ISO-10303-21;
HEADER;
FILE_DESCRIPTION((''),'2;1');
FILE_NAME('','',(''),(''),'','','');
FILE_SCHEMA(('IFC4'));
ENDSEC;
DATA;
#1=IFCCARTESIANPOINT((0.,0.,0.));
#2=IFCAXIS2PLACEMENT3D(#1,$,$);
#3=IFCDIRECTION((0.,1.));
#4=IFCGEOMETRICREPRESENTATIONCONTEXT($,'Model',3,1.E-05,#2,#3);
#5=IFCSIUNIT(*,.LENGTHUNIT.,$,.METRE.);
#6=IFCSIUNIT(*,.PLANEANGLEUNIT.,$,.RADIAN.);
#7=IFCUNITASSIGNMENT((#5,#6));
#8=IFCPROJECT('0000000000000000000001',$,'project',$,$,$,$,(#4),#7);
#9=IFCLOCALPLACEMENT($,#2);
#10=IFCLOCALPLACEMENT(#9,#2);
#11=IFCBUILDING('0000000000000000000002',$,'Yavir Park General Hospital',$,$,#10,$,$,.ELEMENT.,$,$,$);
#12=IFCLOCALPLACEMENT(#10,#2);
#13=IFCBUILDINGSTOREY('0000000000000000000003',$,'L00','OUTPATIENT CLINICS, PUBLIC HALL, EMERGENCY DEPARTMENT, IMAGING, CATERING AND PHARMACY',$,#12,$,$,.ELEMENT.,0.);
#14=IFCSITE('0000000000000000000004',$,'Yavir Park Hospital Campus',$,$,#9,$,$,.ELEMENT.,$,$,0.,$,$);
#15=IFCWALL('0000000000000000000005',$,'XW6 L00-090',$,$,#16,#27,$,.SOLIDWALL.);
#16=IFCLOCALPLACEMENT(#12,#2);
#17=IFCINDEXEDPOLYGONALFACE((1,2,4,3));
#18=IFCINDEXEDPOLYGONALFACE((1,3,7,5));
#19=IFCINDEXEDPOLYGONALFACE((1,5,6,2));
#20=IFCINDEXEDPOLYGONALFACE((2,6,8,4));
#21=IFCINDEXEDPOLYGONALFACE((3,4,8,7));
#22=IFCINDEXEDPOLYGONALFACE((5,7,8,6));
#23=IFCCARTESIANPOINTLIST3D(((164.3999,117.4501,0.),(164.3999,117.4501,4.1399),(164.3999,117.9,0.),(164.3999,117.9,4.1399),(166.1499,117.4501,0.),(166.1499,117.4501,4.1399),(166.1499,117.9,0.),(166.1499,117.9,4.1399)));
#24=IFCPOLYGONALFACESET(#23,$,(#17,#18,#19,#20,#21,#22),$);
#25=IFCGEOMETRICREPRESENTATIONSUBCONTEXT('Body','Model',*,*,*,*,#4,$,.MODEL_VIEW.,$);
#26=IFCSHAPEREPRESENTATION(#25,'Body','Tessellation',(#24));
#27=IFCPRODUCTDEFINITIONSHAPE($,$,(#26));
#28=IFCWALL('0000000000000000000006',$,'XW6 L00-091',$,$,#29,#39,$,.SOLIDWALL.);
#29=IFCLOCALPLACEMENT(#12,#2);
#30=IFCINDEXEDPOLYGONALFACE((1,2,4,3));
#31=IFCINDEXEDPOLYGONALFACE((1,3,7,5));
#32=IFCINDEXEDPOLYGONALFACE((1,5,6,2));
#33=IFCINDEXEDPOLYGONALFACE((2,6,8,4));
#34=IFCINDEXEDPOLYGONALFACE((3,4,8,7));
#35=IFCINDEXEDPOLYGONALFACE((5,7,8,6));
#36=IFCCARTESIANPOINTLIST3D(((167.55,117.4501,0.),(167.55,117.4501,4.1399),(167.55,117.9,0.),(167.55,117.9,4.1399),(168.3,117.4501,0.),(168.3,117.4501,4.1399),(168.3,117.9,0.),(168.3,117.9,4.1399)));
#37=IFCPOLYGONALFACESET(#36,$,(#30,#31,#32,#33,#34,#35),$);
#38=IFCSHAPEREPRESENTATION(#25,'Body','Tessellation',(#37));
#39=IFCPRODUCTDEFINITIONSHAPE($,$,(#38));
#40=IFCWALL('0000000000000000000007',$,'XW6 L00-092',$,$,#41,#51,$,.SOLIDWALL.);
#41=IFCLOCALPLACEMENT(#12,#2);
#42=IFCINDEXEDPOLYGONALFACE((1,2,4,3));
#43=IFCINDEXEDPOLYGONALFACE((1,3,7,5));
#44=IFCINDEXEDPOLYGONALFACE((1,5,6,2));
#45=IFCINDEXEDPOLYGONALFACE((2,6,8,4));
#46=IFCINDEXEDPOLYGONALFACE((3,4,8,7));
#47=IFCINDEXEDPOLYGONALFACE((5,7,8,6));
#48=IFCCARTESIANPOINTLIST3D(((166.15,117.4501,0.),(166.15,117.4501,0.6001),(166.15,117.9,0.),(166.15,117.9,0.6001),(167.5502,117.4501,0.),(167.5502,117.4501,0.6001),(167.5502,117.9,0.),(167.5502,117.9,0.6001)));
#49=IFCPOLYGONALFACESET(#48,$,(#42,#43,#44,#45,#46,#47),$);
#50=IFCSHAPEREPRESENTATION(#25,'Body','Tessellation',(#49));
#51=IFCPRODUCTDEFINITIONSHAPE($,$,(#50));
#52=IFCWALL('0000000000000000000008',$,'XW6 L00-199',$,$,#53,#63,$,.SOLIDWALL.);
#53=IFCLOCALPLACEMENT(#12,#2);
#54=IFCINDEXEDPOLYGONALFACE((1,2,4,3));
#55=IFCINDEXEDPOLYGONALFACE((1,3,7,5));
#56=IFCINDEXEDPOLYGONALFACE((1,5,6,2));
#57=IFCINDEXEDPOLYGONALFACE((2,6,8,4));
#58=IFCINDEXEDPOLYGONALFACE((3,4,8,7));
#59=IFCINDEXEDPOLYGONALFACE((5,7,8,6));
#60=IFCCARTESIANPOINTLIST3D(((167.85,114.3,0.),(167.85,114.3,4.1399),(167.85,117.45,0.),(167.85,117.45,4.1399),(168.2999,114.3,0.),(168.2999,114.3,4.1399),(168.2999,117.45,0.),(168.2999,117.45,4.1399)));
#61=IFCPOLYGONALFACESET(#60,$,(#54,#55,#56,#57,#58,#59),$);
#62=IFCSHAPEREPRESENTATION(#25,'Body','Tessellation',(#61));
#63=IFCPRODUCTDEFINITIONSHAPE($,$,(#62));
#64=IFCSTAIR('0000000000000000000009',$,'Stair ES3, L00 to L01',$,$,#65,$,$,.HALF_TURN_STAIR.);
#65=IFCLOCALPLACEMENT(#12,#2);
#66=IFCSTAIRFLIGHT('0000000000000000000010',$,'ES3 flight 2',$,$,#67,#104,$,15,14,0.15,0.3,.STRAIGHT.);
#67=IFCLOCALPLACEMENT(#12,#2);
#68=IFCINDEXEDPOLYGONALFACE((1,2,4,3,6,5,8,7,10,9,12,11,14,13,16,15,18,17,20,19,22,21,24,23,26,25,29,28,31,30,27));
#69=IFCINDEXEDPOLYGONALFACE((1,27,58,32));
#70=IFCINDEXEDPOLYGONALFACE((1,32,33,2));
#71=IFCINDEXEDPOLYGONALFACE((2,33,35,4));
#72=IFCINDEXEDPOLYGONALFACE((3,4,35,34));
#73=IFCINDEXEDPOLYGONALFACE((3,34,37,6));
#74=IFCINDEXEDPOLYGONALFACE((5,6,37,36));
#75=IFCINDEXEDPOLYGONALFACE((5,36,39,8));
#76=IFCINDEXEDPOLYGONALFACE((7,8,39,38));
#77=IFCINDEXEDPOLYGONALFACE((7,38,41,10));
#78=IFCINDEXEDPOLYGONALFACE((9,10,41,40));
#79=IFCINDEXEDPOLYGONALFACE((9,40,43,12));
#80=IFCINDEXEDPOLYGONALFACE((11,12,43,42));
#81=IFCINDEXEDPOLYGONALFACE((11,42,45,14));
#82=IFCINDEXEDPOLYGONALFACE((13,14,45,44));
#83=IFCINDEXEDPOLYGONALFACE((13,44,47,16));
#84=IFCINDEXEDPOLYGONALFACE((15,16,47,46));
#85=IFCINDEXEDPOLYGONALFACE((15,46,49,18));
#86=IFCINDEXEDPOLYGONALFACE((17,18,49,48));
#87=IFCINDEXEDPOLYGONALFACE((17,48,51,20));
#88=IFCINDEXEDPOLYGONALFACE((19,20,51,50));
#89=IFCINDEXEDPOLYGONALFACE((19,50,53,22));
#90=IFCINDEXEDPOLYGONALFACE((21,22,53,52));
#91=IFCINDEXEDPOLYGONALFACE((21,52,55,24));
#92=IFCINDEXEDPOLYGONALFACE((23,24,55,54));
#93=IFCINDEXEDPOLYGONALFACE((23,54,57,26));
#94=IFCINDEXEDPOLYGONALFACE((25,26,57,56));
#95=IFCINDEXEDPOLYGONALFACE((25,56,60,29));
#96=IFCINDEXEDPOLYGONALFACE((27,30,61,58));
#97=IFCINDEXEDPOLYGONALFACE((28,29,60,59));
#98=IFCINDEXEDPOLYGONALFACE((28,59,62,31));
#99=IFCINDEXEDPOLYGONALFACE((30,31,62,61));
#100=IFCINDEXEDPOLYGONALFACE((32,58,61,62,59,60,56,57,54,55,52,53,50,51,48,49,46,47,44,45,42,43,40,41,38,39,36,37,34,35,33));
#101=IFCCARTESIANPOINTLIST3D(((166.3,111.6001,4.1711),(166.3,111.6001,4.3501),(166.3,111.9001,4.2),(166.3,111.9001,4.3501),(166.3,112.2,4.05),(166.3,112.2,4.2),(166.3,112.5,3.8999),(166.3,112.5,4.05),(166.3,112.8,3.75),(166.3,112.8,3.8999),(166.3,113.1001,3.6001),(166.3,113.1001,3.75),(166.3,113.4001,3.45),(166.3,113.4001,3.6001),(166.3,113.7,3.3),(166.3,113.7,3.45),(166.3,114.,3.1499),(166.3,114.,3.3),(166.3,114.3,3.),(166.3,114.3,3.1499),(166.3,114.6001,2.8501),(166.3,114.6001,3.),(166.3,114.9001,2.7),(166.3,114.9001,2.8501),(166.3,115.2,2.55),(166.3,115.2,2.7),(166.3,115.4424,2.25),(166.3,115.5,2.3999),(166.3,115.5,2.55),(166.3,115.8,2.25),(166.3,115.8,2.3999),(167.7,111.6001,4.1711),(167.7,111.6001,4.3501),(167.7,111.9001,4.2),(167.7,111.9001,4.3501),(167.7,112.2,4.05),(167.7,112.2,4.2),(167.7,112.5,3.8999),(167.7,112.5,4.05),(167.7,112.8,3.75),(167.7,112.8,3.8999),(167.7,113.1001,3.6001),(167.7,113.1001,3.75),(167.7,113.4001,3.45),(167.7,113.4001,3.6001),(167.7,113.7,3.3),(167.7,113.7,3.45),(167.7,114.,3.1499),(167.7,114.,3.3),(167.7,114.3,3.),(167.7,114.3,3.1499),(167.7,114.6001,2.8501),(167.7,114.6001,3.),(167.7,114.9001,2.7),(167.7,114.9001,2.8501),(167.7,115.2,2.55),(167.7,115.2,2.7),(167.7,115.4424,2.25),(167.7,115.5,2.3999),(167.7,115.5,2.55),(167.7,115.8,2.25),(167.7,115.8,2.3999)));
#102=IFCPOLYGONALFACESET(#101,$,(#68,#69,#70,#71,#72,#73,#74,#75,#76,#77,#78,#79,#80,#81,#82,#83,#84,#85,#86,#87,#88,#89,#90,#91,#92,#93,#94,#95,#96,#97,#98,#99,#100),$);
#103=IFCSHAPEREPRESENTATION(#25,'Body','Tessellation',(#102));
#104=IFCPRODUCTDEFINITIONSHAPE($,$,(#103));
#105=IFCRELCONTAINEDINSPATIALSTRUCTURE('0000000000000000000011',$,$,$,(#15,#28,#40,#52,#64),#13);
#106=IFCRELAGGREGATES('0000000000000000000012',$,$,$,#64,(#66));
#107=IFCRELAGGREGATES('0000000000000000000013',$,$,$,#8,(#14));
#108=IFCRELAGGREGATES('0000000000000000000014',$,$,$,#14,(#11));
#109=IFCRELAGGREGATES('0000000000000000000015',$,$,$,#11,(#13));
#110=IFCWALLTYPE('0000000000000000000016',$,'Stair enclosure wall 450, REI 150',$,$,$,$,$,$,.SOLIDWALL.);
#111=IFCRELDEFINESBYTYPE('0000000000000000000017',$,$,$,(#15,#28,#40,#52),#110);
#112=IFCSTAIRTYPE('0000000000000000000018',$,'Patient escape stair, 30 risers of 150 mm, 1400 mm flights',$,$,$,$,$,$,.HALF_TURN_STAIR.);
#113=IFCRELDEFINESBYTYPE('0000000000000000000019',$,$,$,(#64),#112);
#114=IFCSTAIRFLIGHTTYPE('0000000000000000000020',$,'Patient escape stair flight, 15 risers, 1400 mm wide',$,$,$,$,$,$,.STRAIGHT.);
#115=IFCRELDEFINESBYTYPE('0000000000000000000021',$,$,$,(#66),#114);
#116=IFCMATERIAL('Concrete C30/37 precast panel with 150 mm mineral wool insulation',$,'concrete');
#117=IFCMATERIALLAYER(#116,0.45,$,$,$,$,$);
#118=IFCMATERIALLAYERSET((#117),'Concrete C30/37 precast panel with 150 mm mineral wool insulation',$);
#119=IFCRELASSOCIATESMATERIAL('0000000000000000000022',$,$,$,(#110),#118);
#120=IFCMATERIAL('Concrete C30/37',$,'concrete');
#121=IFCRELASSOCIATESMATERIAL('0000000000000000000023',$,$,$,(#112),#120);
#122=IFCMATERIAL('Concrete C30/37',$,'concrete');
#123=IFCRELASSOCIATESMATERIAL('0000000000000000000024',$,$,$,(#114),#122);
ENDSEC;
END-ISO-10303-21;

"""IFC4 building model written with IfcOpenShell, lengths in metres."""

from ifc_helpers import new_model, si_unit, direction, frame, frame_2d, origin, place, context, subcontext, project, spatial, polyline, rectangle, outline, extrude, material, layer, layer_set, type_object, element, aggregate, save


model = new_model("IFC4")

# Units and contexts
model_context = context("Model", 3, precision=1e-05, world=origin(), true_north=direction((0.0, 1.0)))
body_context = subcontext(model_context, "Body", "Model", "MODEL_VIEW")
ifc_project = project(units=[si_unit("LENGTHUNIT", "METRE"), si_unit("PLANEANGLEUNIT", "RADIAN")], contexts=[model_context])

# Site, building, storey
site_placement = place(None, origin())
site = spatial("IfcSite", under=ifc_project, at=site_placement, Name="Yavir Park Hospital Campus", CompositionType="ELEMENT", RefElevation=0.0)
building_placement = place(site_placement, origin())
building = spatial("IfcBuilding", under=site, at=building_placement, Name="Yavir Park General Hospital", CompositionType="ELEMENT")
storey_placement = place(building_placement, origin())
storey = spatial("IfcBuildingStorey", under=building, at=storey_placement, Name="L00", Description="OUTPATIENT CLINICS, PUBLIC HALL, EMERGENCY DEPARTMENT, IMAGING, CATERING AND PHARMACY", CompositionType="ELEMENT", Elevation=0.0)

# Walls
ifc_material_1 = material(Name="Concrete C30/37 precast panel with 150 mm mineral wool insulation", Category="concrete")
ifc_layer_1 = layer(ifc_material_1, 0.45)
ifc_layer_set_1 = layer_set([ifc_layer_1], Name="Concrete C30/37 precast panel with 150 mm mineral wool insulation")
wall_type_1 = type_object("IfcWallType", Name="Stair enclosure wall 450, REI 150", PredefinedType="SOLIDWALL", material=ifc_layer_set_1)
wall_1_placement = place(storey_placement, frame((164.3999, 117.675, 0.0), z_axis=(0.0, 0.0, 1.0), x_axis=(1.0, 0.0, 0.0)))
element("IfcWall", 1, at=wall_1_placement, inside=storey, type_object=wall_type_1, Name="XW6 L00-090", PredefinedType="SOLIDWALL", context=body_context, shape_type="SweptSolid", body=[
    extrude(rectangle(XDim=1.75, YDim=0.45, at=frame_2d((0.875, 0.0))), origin(), (0.0, 0.0, 1.0), 4.1399),
])
wall_2_placement = place(storey_placement, frame((167.55, 117.675, 0.0), z_axis=(0.0, 0.0, 1.0), x_axis=(1.0, 0.0, 0.0)))
element("IfcWall", 2, at=wall_2_placement, inside=storey, type_object=wall_type_1, Name="XW6 L00-091", PredefinedType="SOLIDWALL", context=body_context, shape_type="SweptSolid", body=[
    extrude(rectangle(XDim=0.75, YDim=0.45, at=frame_2d((0.375, 0.0))), origin(), (0.0, 0.0, 1.0), 4.1399),
])
wall_3_placement = place(storey_placement, frame((166.1499, 117.675, 0.0), z_axis=(0.0, 0.0, 1.0), x_axis=(1.0, 0.0, 0.0)))
element("IfcWall", 3, at=wall_3_placement, inside=storey, type_object=wall_type_1, Name="XW6 L00-092", PredefinedType="SOLIDWALL", context=body_context, shape_type="SweptSolid", body=[
    extrude(rectangle(XDim=1.4001, YDim=0.45, at=frame_2d((0.7002, 0.0))), origin(), (0.0, 0.0, 1.0), 0.6001),
])
wall_4_placement = place(storey_placement, frame((168.075, 114.3, 0.0), z_axis=(0.0, 0.0, 1.0), x_axis=(0.0, 1.0, 0.0)))
element("IfcWall", 4, at=wall_4_placement, inside=storey, type_object=wall_type_1, Name="XW6 L00-199", PredefinedType="SOLIDWALL", context=body_context, shape_type="SweptSolid", body=[
    extrude(rectangle(XDim=3.1499, YDim=0.45, at=frame_2d((1.575, 0.0))), origin(), (0.0, 0.0, 1.0), 4.1399),
])

# Stair, stair flight
ifc_material_2 = material(Name="Concrete C30/37", Category="concrete")
stair_type = type_object("IfcStairType", Name="Patient escape stair, 30 risers of 150 mm, 1400 mm flights", PredefinedType="HALF_TURN_STAIR", material=ifc_material_2)
stair_placement = place(storey_placement, origin())
stair = element("IfcStair", 5, at=stair_placement, inside=storey, type_object=stair_type, Name="Stair ES3, L00 to L01", PredefinedType="HALF_TURN_STAIR")
ifc_material_3 = material(Name="Concrete C30/37", Category="concrete")
stair_flight_type = type_object("IfcStairFlightType", Name="Patient escape stair flight, 15 risers, 1400 mm wide", PredefinedType="STRAIGHT", material=ifc_material_3)
stair_flight_placement = place(storey_placement, frame((167.0, 115.8, 2.25), z_axis=(0.0, 0.0, 1.0), x_axis=(0.0, -1.0, 0.0)))
stair_flight = element("IfcStairFlight", 6, at=stair_flight_placement, type_object=stair_flight_type, Name="ES3 flight 2", NumberOfRisers=15, NumberOfTreads=14, PredefinedType="STRAIGHT", RiserHeight=0.15, TreadLength=0.3, context=body_context, shape_type="SweptSolid", body=[
    extrude(outline(polyline([(0.0, 0.0), (0.0, 0.1499), (0.3, 0.1499), (0.3, 0.3), (0.6001, 0.3), (0.6001, 0.45), (0.8999, 0.45), (0.8999, 0.6001), (1.2, 0.6001), (1.2, 0.75), (1.5, 0.75), (1.5, 0.8999), (1.8, 0.8999), (1.8, 1.05), (2.1001, 1.05), (2.1001, 1.2), (2.3999, 1.2), (2.3999, 1.3501), (2.7, 1.3501), (2.7, 1.5), (3.0, 1.5), (3.0, 1.6499), (3.3, 1.6499), (3.3, 1.8), (3.6001, 1.8), (3.6001, 1.95), (3.8999, 1.95), (3.8999, 2.1001), (4.2, 2.1001), (4.2, 2.25), (4.2, 1.9211), (0.3577, 0.0), (0.0, 0.0)])), frame((0.0, 0.7, 0.0), z_axis=(0.0, -1.0, 0.0), x_axis=(1.0, 0.0, 0.0)), (0.0, 0.0, 1.0), 1.3999),
])
aggregate(stair, [stair_flight])

save(model, "model.ifc")
